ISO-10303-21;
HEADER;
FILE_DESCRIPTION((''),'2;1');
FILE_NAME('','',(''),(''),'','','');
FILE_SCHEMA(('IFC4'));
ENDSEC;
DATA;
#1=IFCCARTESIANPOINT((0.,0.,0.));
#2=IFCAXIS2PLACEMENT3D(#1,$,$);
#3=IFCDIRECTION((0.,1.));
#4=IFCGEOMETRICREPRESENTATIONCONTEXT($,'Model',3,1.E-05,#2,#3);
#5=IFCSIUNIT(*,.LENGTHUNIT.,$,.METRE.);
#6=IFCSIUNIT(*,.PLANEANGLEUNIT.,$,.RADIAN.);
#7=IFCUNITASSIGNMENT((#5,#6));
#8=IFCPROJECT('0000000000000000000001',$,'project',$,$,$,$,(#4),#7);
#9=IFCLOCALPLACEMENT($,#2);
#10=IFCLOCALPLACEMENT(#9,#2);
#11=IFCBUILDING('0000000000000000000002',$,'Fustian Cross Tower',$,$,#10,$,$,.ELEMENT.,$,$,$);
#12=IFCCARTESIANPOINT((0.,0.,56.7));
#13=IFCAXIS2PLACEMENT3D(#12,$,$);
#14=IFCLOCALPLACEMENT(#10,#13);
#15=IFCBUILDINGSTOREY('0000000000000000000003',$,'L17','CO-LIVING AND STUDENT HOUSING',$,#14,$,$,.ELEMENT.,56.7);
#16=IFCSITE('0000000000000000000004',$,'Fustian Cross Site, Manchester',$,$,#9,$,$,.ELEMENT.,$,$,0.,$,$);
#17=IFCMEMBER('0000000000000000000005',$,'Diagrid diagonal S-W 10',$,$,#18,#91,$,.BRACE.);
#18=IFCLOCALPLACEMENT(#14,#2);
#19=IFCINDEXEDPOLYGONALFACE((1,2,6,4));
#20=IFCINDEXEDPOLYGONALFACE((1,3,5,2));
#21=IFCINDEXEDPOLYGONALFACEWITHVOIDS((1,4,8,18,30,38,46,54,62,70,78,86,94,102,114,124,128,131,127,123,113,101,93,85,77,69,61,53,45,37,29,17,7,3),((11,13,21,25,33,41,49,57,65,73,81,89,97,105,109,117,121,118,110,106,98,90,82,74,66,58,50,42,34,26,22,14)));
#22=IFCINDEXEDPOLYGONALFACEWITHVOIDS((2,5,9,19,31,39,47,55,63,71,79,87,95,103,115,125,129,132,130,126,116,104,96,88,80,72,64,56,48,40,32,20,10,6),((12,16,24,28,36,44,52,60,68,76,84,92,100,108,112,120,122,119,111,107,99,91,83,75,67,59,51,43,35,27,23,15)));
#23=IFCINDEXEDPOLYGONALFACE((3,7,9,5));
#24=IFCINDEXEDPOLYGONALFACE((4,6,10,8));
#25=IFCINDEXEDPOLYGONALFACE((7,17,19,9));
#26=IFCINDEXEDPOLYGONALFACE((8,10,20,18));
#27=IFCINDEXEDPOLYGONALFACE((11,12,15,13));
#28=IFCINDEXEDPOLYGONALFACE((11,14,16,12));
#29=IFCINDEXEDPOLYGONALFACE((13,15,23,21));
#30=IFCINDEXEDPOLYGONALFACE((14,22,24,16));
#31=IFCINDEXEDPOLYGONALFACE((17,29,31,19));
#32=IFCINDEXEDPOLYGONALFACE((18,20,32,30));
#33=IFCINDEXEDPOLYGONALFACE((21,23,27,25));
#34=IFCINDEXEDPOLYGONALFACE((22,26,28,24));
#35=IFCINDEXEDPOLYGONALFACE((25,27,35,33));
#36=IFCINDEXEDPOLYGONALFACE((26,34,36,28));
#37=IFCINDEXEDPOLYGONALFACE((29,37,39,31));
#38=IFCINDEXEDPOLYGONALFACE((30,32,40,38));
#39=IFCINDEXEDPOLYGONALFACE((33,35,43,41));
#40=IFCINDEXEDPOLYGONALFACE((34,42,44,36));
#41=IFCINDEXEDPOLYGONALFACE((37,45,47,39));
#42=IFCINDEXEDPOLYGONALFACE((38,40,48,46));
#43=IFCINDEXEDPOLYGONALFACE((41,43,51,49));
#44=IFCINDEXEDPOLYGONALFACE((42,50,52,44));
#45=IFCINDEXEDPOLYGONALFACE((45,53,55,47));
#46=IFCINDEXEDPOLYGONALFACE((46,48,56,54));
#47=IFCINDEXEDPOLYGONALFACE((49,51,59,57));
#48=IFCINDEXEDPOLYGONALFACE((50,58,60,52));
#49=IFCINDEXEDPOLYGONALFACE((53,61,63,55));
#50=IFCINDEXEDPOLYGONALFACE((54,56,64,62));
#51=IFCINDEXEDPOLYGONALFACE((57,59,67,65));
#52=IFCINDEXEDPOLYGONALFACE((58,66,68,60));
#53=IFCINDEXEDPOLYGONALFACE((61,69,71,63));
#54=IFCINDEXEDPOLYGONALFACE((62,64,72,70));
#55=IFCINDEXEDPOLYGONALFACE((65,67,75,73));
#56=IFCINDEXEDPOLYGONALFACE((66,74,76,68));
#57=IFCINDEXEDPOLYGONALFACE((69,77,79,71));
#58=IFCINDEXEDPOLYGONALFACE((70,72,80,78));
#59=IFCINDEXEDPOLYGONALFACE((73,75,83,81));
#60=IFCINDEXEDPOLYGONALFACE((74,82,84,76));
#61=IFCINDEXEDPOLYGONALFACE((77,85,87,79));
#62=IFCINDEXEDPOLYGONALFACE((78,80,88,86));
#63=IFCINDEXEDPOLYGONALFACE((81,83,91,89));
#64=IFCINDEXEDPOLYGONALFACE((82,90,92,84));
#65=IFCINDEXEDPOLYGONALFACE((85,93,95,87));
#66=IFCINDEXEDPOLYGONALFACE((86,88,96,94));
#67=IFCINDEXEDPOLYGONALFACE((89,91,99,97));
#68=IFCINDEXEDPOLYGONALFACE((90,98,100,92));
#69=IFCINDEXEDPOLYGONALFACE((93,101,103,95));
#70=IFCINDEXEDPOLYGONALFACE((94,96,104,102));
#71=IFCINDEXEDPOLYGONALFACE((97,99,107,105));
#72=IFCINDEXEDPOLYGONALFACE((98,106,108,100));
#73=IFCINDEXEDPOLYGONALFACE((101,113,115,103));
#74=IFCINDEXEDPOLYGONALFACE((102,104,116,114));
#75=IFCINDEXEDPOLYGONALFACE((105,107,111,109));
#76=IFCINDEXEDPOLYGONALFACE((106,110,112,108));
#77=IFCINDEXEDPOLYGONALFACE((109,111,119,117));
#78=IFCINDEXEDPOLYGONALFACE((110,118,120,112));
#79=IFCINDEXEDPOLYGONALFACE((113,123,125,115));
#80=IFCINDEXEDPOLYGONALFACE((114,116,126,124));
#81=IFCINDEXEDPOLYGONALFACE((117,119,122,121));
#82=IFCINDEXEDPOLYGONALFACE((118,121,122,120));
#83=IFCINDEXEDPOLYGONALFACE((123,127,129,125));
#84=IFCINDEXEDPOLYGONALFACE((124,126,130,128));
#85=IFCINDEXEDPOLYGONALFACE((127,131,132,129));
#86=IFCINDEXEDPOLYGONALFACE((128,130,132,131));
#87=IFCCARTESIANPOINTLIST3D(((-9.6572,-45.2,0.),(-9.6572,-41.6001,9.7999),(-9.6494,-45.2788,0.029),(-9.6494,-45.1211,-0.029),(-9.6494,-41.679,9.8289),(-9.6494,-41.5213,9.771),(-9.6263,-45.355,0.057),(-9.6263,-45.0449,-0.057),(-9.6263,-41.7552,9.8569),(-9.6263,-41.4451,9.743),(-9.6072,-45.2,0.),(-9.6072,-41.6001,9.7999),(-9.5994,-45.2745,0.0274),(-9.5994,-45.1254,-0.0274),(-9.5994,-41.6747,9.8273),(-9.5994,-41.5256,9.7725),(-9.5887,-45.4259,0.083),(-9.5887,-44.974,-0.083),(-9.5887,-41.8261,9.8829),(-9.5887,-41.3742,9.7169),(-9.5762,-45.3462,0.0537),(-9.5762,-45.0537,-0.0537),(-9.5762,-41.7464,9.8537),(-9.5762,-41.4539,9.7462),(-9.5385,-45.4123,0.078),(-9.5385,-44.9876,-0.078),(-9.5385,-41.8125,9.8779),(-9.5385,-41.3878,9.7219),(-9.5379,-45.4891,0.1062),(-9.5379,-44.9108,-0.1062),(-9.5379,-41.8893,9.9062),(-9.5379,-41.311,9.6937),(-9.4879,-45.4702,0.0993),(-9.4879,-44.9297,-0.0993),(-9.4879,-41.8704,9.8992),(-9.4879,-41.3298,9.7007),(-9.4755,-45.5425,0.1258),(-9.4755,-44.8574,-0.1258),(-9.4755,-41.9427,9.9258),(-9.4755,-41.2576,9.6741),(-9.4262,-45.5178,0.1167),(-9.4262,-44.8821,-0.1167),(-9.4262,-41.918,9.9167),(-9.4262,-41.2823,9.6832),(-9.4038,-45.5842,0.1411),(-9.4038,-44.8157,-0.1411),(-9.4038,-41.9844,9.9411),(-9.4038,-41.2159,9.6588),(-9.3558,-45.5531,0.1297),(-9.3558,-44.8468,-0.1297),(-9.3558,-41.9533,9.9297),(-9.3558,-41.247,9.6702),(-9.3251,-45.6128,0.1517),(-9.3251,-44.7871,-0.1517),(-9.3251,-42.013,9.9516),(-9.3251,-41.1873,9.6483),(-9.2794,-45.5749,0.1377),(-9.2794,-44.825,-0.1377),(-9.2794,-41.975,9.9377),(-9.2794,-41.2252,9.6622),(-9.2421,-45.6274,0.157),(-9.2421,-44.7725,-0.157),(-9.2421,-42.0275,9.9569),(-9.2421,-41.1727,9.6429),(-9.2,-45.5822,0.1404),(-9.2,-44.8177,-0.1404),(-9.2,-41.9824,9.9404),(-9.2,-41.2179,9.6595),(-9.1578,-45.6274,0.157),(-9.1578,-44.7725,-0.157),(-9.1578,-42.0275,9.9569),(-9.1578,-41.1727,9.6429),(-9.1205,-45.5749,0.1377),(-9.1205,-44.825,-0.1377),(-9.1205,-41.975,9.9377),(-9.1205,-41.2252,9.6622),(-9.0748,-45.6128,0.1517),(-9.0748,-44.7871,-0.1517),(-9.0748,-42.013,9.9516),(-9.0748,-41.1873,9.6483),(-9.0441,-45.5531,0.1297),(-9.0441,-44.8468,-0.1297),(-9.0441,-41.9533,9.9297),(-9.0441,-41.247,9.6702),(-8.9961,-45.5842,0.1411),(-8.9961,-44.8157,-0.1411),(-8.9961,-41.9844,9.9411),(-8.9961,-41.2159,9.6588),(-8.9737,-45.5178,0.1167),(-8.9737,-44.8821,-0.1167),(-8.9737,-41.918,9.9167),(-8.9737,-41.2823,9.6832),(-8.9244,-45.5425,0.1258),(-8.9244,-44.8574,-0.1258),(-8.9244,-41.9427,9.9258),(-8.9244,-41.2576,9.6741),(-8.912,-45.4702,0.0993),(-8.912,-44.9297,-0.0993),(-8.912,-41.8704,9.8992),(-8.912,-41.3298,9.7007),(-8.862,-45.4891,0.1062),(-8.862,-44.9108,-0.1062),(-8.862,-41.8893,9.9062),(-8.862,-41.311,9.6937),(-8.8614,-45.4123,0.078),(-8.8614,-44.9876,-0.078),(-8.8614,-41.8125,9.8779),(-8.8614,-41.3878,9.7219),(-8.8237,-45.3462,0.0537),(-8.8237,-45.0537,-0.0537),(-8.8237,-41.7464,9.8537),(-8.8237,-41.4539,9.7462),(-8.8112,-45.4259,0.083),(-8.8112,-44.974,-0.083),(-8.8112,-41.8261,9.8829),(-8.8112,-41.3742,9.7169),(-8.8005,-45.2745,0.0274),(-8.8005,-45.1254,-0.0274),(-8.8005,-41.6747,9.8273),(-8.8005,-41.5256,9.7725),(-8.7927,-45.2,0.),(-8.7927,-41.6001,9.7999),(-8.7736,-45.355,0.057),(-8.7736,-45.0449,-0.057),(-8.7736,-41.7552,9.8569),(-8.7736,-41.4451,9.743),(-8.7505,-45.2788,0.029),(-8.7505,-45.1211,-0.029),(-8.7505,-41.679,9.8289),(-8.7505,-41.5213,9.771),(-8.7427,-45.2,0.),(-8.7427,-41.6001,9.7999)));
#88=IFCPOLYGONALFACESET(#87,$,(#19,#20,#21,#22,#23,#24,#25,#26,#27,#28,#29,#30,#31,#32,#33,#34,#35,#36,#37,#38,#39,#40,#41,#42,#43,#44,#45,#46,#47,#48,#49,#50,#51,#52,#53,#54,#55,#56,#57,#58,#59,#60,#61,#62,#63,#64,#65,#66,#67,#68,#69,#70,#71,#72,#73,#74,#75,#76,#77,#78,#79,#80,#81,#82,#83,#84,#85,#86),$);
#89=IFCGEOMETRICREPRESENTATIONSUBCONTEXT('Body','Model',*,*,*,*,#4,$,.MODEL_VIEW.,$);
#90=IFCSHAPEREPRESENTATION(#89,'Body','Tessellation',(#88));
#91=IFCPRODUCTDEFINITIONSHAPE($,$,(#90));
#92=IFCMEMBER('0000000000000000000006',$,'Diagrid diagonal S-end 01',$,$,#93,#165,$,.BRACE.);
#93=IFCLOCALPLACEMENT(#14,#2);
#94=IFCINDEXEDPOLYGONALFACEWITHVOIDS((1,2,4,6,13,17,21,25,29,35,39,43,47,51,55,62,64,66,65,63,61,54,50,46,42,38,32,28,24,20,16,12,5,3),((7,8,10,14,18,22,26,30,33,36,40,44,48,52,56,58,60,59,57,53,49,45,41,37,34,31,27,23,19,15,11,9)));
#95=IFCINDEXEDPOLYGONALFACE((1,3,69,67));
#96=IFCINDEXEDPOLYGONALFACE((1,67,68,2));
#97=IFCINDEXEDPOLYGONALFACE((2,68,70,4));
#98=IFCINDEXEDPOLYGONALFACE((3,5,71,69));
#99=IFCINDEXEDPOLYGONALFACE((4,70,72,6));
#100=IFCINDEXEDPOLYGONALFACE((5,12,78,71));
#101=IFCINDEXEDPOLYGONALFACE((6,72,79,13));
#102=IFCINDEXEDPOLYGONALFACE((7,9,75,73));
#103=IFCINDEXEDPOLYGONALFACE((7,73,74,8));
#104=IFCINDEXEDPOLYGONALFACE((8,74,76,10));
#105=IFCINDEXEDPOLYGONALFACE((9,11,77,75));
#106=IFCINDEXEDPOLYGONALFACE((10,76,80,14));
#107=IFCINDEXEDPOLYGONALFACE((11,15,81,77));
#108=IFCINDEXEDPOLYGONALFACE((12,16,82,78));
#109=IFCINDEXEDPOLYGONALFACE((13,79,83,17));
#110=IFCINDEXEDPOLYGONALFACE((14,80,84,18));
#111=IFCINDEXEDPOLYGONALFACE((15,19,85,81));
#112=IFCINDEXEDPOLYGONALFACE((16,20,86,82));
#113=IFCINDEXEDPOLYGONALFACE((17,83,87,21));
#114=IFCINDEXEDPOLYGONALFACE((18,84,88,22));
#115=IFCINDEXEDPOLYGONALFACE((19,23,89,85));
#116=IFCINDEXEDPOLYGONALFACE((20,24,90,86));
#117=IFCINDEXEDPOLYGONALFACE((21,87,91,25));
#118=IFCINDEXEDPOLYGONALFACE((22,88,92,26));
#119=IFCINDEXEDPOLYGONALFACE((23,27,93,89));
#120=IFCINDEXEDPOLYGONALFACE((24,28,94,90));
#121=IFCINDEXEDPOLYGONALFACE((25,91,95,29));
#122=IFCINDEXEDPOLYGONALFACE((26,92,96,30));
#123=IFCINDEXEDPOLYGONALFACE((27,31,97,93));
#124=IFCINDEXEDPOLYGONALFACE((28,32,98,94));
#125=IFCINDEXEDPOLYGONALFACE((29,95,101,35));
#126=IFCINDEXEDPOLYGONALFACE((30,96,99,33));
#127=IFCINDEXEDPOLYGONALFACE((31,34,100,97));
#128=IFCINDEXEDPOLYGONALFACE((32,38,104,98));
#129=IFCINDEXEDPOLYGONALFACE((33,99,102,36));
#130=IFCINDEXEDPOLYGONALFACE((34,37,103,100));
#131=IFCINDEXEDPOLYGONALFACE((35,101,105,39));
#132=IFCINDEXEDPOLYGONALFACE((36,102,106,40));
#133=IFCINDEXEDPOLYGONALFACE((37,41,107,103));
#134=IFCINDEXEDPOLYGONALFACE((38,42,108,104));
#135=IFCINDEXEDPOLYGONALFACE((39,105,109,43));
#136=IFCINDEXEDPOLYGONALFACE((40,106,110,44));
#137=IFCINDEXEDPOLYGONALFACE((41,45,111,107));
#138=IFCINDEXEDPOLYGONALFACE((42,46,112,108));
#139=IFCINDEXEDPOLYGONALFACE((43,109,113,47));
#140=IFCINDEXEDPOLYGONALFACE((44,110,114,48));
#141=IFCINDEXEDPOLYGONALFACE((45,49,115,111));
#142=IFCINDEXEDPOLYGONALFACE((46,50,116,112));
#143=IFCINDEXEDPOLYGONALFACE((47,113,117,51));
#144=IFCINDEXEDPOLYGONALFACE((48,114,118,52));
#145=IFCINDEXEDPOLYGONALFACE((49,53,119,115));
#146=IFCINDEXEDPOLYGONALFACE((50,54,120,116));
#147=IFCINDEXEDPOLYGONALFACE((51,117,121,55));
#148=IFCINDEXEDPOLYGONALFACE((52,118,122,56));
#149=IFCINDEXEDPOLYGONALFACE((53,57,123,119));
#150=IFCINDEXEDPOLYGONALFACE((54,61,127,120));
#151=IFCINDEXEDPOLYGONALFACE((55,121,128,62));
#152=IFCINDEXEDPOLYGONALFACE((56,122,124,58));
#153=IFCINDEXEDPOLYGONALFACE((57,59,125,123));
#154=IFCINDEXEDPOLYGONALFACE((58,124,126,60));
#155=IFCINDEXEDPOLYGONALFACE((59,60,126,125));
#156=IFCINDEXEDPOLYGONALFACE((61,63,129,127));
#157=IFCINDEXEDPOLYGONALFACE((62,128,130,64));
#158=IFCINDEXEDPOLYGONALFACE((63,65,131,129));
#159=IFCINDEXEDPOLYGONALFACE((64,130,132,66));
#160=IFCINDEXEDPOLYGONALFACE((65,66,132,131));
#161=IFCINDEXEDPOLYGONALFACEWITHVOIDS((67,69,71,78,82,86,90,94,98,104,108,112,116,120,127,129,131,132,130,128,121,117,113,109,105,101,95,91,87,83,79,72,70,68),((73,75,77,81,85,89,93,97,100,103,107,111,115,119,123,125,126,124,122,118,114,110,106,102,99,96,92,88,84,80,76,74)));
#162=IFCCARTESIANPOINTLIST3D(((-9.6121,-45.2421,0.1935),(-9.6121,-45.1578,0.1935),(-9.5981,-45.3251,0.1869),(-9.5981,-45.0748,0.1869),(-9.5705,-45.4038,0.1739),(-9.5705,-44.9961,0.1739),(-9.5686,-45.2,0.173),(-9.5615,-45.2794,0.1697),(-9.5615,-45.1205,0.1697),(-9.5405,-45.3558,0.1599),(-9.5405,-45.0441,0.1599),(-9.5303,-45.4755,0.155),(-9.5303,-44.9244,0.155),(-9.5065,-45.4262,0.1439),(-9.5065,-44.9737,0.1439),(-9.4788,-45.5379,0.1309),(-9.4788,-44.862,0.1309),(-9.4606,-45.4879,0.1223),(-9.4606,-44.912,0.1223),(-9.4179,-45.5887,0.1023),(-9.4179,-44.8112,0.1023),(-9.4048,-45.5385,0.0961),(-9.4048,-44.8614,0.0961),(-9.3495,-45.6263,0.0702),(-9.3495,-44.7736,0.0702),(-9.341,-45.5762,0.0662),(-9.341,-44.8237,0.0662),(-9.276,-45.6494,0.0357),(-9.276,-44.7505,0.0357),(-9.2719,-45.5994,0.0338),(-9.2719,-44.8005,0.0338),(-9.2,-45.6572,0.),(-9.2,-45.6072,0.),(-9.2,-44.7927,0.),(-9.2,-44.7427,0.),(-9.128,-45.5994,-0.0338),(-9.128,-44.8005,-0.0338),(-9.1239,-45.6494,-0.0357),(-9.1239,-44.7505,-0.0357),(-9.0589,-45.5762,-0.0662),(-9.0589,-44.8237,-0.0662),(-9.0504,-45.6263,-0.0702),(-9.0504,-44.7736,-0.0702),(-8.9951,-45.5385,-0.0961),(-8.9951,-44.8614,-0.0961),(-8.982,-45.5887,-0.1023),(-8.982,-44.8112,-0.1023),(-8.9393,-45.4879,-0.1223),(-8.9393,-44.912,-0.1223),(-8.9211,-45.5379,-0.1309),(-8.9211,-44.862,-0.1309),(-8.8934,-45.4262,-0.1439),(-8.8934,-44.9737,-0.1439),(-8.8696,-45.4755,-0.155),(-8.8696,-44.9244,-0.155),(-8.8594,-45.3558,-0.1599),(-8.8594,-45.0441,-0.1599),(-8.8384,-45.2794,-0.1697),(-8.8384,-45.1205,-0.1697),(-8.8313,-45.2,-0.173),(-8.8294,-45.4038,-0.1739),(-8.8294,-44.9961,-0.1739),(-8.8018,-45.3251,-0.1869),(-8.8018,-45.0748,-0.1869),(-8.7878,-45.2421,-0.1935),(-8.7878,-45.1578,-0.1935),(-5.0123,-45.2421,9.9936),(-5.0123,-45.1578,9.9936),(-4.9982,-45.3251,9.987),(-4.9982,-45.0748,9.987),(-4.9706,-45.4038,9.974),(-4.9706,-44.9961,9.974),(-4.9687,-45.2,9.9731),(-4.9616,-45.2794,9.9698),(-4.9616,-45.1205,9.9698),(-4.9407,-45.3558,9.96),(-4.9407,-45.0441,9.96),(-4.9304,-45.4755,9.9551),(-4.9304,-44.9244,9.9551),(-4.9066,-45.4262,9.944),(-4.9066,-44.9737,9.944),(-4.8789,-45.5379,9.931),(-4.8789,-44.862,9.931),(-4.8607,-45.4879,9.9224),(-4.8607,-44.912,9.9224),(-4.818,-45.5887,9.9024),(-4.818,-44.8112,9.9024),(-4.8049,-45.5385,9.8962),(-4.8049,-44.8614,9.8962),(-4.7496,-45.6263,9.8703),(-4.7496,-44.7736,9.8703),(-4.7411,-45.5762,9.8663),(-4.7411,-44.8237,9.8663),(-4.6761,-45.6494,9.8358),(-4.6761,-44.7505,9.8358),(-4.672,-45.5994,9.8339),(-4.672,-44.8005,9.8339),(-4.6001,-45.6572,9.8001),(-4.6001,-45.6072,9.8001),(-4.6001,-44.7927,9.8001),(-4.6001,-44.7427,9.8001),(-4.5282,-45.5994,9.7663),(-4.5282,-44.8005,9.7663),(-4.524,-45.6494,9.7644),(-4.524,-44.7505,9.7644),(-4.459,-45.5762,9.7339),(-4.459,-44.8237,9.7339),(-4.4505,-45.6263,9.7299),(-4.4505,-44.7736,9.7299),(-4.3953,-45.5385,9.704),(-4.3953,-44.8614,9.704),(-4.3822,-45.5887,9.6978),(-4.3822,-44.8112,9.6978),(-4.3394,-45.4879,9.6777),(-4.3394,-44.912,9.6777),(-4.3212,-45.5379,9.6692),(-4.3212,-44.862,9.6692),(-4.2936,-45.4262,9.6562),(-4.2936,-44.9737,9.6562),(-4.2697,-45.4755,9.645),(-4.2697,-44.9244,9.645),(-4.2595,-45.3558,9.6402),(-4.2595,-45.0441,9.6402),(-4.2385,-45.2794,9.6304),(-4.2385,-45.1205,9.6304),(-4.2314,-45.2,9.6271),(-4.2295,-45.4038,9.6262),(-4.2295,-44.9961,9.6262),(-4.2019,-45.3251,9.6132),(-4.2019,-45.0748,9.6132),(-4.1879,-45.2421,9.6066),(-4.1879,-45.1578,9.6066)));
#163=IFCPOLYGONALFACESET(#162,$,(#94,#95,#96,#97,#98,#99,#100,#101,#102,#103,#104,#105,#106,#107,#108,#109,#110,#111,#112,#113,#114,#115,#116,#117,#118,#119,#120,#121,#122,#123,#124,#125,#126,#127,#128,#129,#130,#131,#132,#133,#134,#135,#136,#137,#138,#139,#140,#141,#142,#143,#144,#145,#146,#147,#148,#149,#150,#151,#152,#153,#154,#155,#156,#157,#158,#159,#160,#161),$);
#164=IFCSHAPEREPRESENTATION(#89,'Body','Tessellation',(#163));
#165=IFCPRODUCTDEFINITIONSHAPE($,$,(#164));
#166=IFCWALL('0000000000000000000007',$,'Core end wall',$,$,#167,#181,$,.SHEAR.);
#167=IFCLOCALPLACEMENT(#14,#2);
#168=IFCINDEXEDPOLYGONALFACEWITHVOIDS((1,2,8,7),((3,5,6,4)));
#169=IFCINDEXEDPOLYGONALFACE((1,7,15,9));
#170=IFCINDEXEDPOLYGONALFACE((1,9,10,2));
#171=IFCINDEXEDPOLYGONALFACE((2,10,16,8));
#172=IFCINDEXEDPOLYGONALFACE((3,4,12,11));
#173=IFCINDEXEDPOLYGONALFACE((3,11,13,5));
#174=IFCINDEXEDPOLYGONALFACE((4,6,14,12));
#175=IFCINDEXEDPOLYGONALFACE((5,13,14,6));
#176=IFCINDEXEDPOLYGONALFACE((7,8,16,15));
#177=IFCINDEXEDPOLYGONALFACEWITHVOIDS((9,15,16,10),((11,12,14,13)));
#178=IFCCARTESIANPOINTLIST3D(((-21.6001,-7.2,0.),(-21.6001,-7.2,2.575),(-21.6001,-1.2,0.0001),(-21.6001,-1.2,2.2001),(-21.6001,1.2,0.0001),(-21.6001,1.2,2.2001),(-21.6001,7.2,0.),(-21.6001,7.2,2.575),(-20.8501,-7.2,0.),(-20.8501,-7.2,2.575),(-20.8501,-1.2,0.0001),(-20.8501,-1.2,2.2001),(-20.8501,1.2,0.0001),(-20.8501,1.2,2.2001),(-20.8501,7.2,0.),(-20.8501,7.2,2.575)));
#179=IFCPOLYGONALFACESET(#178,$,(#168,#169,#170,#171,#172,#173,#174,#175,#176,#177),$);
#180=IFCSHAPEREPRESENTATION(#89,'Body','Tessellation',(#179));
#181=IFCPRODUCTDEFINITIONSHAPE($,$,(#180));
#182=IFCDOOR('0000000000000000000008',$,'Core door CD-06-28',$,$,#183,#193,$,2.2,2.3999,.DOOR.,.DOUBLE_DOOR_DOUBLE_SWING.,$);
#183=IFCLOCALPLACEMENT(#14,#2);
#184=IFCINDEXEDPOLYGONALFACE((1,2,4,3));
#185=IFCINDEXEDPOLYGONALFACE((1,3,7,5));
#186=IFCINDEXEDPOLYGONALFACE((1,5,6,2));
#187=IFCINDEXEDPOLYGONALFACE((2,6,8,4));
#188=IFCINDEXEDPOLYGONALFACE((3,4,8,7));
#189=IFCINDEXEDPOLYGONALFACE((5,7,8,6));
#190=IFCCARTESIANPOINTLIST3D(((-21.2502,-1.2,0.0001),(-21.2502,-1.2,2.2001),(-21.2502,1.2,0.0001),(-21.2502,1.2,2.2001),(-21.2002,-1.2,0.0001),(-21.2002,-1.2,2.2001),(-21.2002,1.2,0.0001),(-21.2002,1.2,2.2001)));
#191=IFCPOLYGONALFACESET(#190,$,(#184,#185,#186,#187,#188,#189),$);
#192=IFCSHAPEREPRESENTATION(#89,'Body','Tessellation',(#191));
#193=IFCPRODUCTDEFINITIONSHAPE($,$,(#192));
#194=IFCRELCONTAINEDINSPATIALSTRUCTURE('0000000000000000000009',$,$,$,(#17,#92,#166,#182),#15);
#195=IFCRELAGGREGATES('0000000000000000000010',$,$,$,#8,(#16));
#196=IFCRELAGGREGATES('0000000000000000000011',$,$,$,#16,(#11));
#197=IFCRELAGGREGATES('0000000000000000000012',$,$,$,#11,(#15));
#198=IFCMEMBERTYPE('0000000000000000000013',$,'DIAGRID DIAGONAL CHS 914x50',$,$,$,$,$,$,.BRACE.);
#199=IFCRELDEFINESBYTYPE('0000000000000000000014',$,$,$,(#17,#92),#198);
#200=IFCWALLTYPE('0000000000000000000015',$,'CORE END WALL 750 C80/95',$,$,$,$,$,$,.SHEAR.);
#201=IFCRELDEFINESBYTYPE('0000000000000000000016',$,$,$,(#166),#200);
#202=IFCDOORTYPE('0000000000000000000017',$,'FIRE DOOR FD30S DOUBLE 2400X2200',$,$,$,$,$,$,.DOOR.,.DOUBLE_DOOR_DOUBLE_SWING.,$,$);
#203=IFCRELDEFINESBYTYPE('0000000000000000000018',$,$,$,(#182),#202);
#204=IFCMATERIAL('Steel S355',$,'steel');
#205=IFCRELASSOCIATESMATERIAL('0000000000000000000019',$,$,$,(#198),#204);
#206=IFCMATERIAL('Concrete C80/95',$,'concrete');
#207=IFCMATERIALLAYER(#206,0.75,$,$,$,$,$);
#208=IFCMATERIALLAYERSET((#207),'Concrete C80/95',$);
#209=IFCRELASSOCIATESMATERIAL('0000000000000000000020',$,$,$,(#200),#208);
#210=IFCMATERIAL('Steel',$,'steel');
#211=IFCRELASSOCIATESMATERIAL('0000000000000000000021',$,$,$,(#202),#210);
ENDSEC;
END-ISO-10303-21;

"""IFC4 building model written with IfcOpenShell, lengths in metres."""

from ifc_helpers import new_model, si_unit, direction, frame, frame_2d, origin, origin_2d, place, context, subcontext, project, spatial, rectangle, hollow_circle, extrude, material, layer, layer_set, material_profile, profile_set, type_object, element, fill, save


model = new_model("IFC4")

# Units and contexts
model_context = context("Model", 3, precision=1e-05, world=origin(), true_north=direction((0.0, 1.0)))
body_context = subcontext(model_context, "Body", "Model", "MODEL_VIEW")
ifc_project = project(units=[si_unit("LENGTHUNIT", "METRE"), si_unit("PLANEANGLEUNIT", "RADIAN")], contexts=[model_context])

# Site, building, storey
site_placement = place(None, origin())
site = spatial("IfcSite", under=ifc_project, at=site_placement, Name="Fustian Cross Site, Manchester", CompositionType="ELEMENT", RefElevation=0.0)
building_placement = place(site_placement, origin())
building = spatial("IfcBuilding", under=site, at=building_placement, Name="Fustian Cross Tower", CompositionType="ELEMENT")
storey_placement = place(building_placement, frame((0.0, 0.0, 56.7)))
storey = spatial("IfcBuildingStorey", under=building, at=storey_placement, Name="L17", Description="CO-LIVING AND STUDENT HOUSING", CompositionType="ELEMENT", Elevation=56.7)

# Members
ifc_material_1 = material(Name="Steel S355", Category="steel")
ifc_material_profile_1 = material_profile(ifc_material_1, hollow_circle(Radius=0.4573, WallThickness=0.05, at=origin_2d()), Name="CHS 914x50")
ifc_profile_set_1 = profile_set([ifc_material_profile_1], Name="Steel S355")
member_type_1 = type_object("IfcMemberType", Name="DIAGRID DIAGONAL CHS 914x50", PredefinedType="BRACE", material=ifc_profile_set_1)
member_1_placement = place(storey_placement, frame((-9.2, -45.2, 0.0), z_axis=(0.0, 0.344804, 0.938675), x_axis=(-1.0, 0.0, 0.0)))
element("IfcMember", 1, at=member_1_placement, inside=storey, type_object=member_type_1, Name="Diagrid diagonal S-W 10", PredefinedType="BRACE", context=body_context, shape_type="SweptSolid", body=[
    extrude(hollow_circle(Radius=0.4573, WallThickness=0.05, at=origin_2d()), origin(), (0.0, 0.0, 1.0), 10.4402),
])
member_2_placement = place(storey_placement, frame((-9.2, -45.2, 0.0), z_axis=(0.424894, 0.0, 0.905243), x_axis=(0.0, 1.0, 0.0)))
element("IfcMember", 2, at=member_2_placement, inside=storey, type_object=member_type_1, Name="Diagrid diagonal S-end 01", PredefinedType="BRACE", context=body_context, shape_type="SweptSolid", body=[
    extrude(hollow_circle(Radius=0.4573, WallThickness=0.05, at=origin_2d()), origin(), (0.0, 0.0, 1.0), 10.8259),
])

# Wall, opening, door
ifc_material_2 = material(Name="Concrete C80/95", Category="concrete")
ifc_layer_1 = layer(ifc_material_2, 0.75)
ifc_layer_set_1 = layer_set([ifc_layer_1], Name="Concrete C80/95")
wall_type_1 = type_object("IfcWallType", Name="CORE END WALL 750 C80/95", PredefinedType="SHEAR", material=ifc_layer_set_1)
wall_1_placement = place(storey_placement, frame((-21.2251, -7.2, 0.0), z_axis=(0.0, 0.0, 1.0), x_axis=(0.0, 1.0, 0.0)))
wall_1 = element("IfcWall", 3, at=wall_1_placement, inside=storey, type_object=wall_type_1, Name="Core end wall", PredefinedType="SHEAR", context=body_context, shape_type="SweptSolid", body=[
    extrude(rectangle(XDim=14.3999, YDim=0.75, at=frame_2d((7.2, 0.0))), origin(), (0.0, 0.0, 1.0), 2.575),
])
opening_placement = place(wall_1_placement, frame((6.0, 0.0, 0.0)))
opening = element("IfcOpeningElement", 4, at=opening_placement, cuts=wall_1, PredefinedType="OPENING", context=body_context, shape_type="SweptSolid", body=[
    extrude(rectangle(XDim=2.3999, YDim=2.2, at=frame_2d((1.2, 1.1001))), frame((0.0, 0.385, 0.0), z_axis=(0.0, -1.0, 0.0), x_axis=(1.0, 0.0, 0.0)), (0.0, 0.0, 1.0), 0.77),
])
ifc_material_3 = material(Name="Steel", Category="steel")
door_type = type_object("IfcDoorType", Name="FIRE DOOR FD30S DOUBLE 2400X2200", OperationType="DOUBLE_DOOR_DOUBLE_SWING", PredefinedType="DOOR", material=ifc_material_3)
door_placement = place(opening_placement, frame((2.3999, 0.0, 0.0), z_axis=(0.0, 0.0, 1.0), x_axis=(-1.0, 0.0, 0.0)))
door = element("IfcDoor", 5, at=door_placement, inside=storey, type_object=door_type, Name="Core door CD-06-28", OperationType="DOUBLE_DOOR_DOUBLE_SWING", OverallHeight=2.2, OverallWidth=2.3999, PredefinedType="DOOR", context=body_context, shape_type="SweptSolid", body=[
    extrude(rectangle(XDim=2.3999, YDim=2.2, at=frame_2d((1.2, 1.1001))), frame((0.0, 0.0249, 0.0), z_axis=(0.0, -1.0, 0.0), x_axis=(1.0, 0.0, 0.0)), (0.0, 0.0, 1.0), 0.05),
])
fill(opening, door)

save(model, "model.ifc")
